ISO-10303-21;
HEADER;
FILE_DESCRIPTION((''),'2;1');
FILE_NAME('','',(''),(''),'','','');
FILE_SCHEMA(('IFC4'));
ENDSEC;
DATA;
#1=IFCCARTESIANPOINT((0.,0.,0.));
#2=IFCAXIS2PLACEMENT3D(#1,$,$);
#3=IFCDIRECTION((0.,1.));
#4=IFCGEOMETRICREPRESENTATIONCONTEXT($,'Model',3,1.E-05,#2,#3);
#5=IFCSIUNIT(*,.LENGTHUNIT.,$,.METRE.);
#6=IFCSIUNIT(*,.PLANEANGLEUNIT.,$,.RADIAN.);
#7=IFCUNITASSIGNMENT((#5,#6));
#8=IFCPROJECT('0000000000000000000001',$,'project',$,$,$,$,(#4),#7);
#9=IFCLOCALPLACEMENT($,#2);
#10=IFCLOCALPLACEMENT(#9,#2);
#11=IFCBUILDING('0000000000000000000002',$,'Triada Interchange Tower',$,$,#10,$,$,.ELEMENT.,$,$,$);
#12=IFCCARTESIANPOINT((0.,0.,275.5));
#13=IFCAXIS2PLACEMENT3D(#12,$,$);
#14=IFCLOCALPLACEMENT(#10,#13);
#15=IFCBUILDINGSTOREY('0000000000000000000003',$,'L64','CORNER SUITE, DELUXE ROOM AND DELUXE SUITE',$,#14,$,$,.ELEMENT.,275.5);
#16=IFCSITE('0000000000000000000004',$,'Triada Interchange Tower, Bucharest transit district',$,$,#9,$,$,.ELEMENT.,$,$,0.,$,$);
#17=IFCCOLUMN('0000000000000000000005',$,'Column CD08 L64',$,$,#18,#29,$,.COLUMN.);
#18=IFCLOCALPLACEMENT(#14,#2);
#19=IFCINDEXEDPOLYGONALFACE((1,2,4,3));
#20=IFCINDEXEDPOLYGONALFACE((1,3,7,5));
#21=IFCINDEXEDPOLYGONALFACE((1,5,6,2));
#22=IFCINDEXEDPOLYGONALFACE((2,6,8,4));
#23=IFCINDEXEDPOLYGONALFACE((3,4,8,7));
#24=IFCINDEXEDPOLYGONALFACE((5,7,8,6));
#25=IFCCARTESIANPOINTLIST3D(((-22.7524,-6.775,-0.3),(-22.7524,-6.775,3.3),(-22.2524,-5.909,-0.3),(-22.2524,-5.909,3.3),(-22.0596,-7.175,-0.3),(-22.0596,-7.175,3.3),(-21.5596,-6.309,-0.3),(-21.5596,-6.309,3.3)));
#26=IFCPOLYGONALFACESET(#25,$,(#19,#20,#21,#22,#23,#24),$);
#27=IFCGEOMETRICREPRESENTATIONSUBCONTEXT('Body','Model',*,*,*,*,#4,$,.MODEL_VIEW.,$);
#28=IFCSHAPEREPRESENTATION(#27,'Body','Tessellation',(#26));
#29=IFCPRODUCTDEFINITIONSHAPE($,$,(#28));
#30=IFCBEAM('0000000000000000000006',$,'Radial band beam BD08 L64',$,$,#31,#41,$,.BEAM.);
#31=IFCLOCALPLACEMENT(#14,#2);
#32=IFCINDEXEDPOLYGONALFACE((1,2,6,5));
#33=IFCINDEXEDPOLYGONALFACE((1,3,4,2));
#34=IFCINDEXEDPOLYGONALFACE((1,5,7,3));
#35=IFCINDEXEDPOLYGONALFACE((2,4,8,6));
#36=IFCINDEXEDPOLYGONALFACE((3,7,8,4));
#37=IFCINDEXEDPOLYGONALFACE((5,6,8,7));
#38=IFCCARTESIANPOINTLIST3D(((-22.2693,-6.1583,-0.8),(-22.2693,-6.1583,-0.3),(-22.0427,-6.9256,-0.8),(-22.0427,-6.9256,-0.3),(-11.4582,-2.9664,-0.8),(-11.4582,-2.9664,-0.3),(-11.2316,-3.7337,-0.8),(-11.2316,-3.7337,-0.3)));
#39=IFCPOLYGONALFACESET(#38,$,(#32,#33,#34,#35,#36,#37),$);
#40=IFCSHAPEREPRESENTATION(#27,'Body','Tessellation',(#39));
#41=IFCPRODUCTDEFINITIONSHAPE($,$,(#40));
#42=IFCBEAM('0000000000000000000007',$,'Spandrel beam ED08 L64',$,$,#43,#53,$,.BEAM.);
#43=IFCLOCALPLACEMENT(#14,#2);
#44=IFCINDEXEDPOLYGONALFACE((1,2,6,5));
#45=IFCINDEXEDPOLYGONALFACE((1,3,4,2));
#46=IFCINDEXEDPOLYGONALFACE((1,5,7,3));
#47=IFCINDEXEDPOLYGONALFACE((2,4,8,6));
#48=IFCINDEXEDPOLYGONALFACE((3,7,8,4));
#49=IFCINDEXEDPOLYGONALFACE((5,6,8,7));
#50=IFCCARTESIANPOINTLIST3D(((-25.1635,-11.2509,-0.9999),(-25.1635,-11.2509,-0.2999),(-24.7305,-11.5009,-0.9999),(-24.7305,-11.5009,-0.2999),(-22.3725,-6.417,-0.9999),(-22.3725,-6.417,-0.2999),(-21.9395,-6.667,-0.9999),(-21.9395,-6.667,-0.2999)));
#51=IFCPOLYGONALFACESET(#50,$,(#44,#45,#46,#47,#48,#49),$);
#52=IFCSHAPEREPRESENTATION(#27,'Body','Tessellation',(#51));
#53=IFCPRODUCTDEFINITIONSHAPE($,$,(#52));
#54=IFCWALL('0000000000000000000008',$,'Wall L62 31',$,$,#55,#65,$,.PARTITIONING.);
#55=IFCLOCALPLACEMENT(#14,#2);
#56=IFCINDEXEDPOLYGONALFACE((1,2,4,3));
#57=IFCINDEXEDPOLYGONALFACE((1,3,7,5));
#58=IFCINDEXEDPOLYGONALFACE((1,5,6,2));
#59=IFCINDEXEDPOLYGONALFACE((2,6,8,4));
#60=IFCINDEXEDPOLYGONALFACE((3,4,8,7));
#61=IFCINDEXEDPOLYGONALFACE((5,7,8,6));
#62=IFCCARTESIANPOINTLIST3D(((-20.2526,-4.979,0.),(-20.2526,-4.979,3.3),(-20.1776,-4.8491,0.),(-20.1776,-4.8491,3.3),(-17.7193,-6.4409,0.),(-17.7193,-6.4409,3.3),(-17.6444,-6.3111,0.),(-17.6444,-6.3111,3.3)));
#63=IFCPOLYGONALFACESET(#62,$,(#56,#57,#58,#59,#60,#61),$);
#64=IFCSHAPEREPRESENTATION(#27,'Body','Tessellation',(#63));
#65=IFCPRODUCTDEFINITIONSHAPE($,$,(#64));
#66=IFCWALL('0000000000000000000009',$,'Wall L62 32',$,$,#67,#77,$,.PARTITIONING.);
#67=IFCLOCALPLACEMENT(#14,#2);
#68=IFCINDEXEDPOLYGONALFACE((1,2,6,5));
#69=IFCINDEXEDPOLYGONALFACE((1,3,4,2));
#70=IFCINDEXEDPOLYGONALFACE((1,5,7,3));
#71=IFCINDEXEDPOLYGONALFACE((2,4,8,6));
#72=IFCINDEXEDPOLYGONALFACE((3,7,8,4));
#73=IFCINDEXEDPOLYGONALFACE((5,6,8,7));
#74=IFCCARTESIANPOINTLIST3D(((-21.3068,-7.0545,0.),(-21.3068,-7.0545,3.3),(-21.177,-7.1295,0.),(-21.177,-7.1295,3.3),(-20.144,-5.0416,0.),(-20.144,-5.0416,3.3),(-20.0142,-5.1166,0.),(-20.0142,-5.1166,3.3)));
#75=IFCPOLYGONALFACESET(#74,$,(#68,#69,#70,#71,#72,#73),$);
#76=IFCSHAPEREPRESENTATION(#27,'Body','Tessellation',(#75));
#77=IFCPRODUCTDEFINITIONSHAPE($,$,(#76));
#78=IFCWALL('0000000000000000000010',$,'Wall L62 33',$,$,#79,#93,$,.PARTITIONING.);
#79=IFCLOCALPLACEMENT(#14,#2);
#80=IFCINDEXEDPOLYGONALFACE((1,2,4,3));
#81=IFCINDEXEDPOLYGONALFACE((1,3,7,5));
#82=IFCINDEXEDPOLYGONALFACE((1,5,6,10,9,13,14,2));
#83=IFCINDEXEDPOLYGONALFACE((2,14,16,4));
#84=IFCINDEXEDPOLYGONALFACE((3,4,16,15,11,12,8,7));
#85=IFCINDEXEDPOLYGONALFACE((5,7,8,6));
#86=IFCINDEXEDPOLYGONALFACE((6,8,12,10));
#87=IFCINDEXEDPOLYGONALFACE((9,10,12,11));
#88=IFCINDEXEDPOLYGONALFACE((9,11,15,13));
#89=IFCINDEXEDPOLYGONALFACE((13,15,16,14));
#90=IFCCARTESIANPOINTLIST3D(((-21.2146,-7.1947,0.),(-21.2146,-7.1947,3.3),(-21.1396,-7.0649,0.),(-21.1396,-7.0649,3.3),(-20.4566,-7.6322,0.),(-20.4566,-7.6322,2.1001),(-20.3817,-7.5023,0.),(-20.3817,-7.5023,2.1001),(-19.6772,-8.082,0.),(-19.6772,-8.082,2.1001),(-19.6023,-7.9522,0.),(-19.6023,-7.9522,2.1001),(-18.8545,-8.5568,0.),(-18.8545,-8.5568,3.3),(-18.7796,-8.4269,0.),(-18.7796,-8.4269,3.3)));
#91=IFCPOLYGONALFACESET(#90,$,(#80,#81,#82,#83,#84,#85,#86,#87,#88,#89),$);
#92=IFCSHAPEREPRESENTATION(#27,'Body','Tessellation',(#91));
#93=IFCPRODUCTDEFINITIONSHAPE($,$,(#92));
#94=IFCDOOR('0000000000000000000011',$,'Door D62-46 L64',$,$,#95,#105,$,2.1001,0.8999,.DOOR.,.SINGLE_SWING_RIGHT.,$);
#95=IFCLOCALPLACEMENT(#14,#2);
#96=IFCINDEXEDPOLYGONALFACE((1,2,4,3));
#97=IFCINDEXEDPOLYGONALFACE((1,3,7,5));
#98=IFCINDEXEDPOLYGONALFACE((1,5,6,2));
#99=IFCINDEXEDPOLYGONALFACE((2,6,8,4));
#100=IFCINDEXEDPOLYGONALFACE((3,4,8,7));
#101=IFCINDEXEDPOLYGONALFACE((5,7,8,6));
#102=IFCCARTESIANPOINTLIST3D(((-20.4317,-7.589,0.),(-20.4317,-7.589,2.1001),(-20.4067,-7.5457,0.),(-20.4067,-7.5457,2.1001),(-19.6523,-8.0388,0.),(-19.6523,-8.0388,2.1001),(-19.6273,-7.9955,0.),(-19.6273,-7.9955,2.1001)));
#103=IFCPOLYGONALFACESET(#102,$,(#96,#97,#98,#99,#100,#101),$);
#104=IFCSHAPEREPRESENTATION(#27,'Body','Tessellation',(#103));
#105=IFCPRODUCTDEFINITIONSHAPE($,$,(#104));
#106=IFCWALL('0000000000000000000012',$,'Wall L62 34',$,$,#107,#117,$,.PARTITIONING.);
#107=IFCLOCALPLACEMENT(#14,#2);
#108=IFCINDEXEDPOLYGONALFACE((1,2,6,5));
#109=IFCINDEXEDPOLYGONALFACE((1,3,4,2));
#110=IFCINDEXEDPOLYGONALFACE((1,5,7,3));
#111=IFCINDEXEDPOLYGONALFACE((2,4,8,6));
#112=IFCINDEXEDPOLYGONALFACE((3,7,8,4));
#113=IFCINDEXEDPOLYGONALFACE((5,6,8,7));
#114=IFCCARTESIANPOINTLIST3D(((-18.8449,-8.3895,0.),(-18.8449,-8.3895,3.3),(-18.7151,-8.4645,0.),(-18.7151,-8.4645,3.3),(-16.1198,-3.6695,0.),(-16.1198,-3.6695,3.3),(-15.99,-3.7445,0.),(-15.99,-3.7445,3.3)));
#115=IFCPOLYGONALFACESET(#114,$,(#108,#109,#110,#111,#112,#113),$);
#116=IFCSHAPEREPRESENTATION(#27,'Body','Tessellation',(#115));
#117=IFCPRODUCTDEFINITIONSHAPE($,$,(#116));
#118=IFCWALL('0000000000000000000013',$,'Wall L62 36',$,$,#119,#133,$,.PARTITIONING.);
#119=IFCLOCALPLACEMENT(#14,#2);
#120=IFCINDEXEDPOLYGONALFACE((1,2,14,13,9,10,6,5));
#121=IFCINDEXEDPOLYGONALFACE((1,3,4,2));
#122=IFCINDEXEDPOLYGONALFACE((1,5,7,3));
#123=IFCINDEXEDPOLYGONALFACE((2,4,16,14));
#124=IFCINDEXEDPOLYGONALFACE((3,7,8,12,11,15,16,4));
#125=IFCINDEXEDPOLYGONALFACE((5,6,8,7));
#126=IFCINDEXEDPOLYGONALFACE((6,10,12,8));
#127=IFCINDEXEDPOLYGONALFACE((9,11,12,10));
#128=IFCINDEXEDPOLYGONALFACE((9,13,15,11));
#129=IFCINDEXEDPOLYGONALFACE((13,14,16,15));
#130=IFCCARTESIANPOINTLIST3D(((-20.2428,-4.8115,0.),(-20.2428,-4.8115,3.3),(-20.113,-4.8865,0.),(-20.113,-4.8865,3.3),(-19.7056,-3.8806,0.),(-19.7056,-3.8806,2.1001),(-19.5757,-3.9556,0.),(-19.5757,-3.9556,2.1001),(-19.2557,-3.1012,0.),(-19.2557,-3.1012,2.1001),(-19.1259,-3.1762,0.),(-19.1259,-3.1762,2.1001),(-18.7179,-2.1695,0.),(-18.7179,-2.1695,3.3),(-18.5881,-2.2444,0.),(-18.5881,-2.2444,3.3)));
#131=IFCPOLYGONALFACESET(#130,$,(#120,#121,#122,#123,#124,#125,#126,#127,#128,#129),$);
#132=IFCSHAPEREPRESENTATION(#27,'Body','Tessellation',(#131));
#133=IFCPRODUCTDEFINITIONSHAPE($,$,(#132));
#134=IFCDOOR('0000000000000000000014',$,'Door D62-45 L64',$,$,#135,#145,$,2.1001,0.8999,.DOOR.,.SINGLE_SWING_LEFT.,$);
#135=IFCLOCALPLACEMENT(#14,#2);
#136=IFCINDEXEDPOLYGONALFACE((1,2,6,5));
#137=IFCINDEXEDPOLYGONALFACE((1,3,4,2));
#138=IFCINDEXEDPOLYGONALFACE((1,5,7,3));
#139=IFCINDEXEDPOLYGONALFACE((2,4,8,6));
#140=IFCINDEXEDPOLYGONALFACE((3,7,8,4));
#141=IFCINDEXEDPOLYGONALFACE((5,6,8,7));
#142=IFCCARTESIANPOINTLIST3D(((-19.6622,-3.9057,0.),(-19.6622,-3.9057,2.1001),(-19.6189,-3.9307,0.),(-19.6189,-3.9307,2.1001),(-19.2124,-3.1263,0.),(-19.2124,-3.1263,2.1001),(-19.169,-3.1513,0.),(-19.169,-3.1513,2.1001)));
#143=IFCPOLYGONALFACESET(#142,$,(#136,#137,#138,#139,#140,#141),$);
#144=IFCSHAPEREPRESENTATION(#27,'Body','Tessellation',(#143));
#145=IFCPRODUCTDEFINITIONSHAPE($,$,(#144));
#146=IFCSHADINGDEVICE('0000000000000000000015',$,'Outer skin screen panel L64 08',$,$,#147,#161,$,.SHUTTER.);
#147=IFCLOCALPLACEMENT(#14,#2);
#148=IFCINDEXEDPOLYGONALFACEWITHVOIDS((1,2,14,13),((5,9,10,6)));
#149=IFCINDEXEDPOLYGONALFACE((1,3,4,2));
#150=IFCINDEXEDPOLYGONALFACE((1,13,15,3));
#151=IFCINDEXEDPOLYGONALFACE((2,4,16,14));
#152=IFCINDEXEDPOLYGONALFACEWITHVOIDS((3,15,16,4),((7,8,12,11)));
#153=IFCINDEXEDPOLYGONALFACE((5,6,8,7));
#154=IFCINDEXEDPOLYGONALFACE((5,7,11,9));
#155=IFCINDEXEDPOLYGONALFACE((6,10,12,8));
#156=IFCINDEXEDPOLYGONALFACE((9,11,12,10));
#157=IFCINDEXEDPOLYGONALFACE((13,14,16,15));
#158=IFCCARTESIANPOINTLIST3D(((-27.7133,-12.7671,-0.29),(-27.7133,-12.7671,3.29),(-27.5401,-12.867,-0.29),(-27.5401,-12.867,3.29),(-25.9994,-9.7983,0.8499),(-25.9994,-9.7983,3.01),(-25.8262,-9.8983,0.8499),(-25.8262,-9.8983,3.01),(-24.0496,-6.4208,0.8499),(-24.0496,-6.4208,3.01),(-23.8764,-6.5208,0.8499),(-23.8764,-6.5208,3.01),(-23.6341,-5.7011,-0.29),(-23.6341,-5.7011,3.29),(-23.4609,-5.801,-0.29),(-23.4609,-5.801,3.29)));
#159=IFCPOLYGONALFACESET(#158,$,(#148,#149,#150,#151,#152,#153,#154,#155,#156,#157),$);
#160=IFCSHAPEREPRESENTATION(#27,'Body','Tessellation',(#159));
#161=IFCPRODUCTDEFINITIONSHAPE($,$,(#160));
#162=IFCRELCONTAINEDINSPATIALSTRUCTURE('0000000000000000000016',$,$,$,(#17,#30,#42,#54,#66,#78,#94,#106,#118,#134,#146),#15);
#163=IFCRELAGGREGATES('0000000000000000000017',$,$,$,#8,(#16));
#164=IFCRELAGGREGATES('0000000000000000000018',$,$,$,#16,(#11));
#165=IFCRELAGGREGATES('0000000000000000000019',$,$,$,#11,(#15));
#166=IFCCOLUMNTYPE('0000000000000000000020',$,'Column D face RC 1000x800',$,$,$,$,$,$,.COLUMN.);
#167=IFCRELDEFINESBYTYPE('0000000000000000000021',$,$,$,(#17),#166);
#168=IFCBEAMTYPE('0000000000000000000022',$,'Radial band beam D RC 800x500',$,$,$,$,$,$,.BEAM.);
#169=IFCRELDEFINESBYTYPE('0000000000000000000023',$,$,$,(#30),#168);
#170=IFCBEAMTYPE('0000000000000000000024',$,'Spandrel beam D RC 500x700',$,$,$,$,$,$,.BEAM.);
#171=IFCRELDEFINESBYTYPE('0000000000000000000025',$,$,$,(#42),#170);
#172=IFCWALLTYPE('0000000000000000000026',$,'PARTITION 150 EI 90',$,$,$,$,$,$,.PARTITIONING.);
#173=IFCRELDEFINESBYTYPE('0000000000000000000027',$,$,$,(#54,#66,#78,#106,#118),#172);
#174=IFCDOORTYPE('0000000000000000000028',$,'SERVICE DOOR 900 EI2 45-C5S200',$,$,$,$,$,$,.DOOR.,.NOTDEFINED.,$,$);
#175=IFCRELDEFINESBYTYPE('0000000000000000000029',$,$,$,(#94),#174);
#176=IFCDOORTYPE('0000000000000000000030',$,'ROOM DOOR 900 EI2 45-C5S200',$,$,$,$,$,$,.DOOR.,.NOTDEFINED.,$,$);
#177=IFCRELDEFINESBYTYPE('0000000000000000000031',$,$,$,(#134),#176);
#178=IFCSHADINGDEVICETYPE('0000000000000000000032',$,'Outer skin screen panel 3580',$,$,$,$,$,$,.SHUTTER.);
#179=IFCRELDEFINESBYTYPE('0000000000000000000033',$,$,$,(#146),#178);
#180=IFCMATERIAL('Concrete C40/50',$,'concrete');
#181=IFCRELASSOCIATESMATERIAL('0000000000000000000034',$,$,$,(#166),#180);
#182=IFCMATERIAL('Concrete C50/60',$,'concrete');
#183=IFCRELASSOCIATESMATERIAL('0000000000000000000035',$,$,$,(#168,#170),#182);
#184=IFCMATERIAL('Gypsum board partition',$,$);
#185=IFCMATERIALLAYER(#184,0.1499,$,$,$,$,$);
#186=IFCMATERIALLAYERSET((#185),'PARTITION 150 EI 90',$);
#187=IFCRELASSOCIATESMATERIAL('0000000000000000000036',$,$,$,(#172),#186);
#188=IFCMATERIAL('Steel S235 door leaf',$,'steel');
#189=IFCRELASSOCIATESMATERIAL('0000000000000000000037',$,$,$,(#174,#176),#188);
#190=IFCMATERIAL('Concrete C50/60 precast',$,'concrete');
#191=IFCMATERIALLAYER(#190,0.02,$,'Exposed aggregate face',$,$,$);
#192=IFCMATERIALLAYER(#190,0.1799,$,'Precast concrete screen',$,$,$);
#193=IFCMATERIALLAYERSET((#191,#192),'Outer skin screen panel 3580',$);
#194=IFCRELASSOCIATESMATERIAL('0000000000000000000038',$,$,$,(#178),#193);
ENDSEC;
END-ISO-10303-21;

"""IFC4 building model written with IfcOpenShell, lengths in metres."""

from ifc_helpers import new_model, si_unit, direction, frame, frame_2d, origin, origin_2d, place, context, subcontext, project, spatial, polyline, rectangle, outline, extrude, material, layer, layer_set, material_profile, profile_set, type_object, element, fill, save


model = new_model("IFC4")

# Units and contexts
model_context = context("Model", 3, precision=1e-05, world=origin(), true_north=direction((0.0, 1.0)))
body_context = subcontext(model_context, "Body", "Model", "MODEL_VIEW")
ifc_project = project(units=[si_unit("LENGTHUNIT", "METRE"), si_unit("PLANEANGLEUNIT", "RADIAN")], contexts=[model_context])

# Site, building, storey
site_placement = place(None, origin())
site = spatial("IfcSite", under=ifc_project, at=site_placement, Name="Triada Interchange Tower, Bucharest transit district", CompositionType="ELEMENT", RefElevation=0.0)
building_placement = place(site_placement, origin())
building = spatial("IfcBuilding", under=site, at=building_placement, Name="Triada Interchange Tower", CompositionType="ELEMENT")
storey_placement = place(building_placement, frame((0.0, 0.0, 275.5)))
storey = spatial("IfcBuildingStorey", under=building, at=storey_placement, Name="L64", Description="CORNER SUITE, DELUXE ROOM AND DELUXE SUITE", CompositionType="ELEMENT", Elevation=275.5)

# Column
ifc_material_1 = material(Name="Concrete C40/50", Category="concrete")
ifc_material_profile_1 = material_profile(ifc_material_1, rectangle(XDim=1.0, YDim=0.8, at=origin_2d()), Name="RC 1000x800")
ifc_profile_set_1 = profile_set([ifc_material_profile_1], Name="Concrete C40/50")
column_type = type_object("IfcColumnType", Name="Column D face RC 1000x800", PredefinedType="COLUMN", material=ifc_profile_set_1)
column_placement = place(storey_placement, frame((-22.156, -6.542, -0.3), z_axis=(0.0, 0.0, 1.0), x_axis=(0.5, 0.866025, 0.0)))
element("IfcColumn", 1, at=column_placement, inside=storey, type_object=column_type, Name="Column CD08 L64", PredefinedType="COLUMN", context=body_context, shape_type="SweptSolid", body=[
    extrude(rectangle(XDim=1.0, YDim=0.8, at=origin_2d()), origin(), (0.0, 0.0, 1.0), 3.6001),
])

# Beams
ifc_material_2 = material(Name="Concrete C50/60", Category="concrete")
ifc_material_profile_2 = material_profile(ifc_material_2, rectangle(XDim=0.8, YDim=0.5, at=origin_2d()), Name="RC 800x500")
ifc_profile_set_2 = profile_set([ifc_material_profile_2], Name="Concrete C50/60")
beam_type_1 = type_object("IfcBeamType", Name="Radial band beam D RC 800x500", PredefinedType="BEAM", material=ifc_profile_set_2)
beam_1_placement = place(storey_placement, frame((-22.156, -6.542, -0.55), z_axis=(0.959073, 0.283161, 0.0), x_axis=(-0.283161, 0.959073, 0.0)))
element("IfcBeam", 2, at=beam_1_placement, inside=storey, type_object=beam_type_1, Name="Radial band beam BD08 L64", PredefinedType="BEAM", context=body_context, shape_type="SweptSolid", body=[
    extrude(rectangle(XDim=0.8, YDim=0.5, at=origin_2d()), origin(), (0.0, 0.0, 1.0), 11.2725),
])
ifc_material_profile_3 = material_profile(ifc_material_2, rectangle(XDim=0.5, YDim=0.7, at=origin_2d()), Name="RC 500x700")
ifc_profile_set_3 = profile_set([ifc_material_profile_3], Name="Concrete C50/60")
beam_type_2 = type_object("IfcBeamType", Name="Spandrel beam D RC 500x700", PredefinedType="BEAM", material=ifc_profile_set_3)
beam_2_placement = place(storey_placement, frame((-22.156, -6.542, -0.6499), z_axis=(-0.500015, -0.866017, 0.0), x_axis=(0.866017, -0.500015, 0.0)))
element("IfcBeam", 3, at=beam_2_placement, inside=storey, type_object=beam_type_2, Name="Spandrel beam ED08 L64", PredefinedType="BEAM", context=body_context, shape_type="SweptSolid", body=[
    extrude(rectangle(XDim=0.5, YDim=0.7, at=origin_2d()), origin(), (0.0, 0.0, 1.0), 5.5818),
])

# Walls
ifc_material_3 = material(Name="Gypsum board partition")
ifc_layer_1 = layer(ifc_material_3, 0.1499)
ifc_layer_set_1 = layer_set([ifc_layer_1], Name="PARTITION 150 EI 90")
wall_type = type_object("IfcWallType", Name="PARTITION 150 EI 90", PredefinedType="PARTITIONING", material=ifc_layer_set_1)
wall_1_placement = place(storey_placement, frame((-20.2151, -4.9141, 0.0), z_axis=(0.0, 0.0, 1.0), x_axis=(0.866119, -0.499838, 0.0)))
element("IfcWall", 4, at=wall_1_placement, inside=storey, type_object=wall_type, Name="Wall L62 31", PredefinedType="PARTITIONING", context=body_context, shape_type="SweptSolid", body=[
    extrude(rectangle(XDim=2.9248, YDim=0.1499, at=frame_2d((1.4624, 0.0))), origin(), (0.0, 0.0, 1.0), 3.3),
])
wall_2_placement = place(storey_placement, frame((-21.2419, -7.092, 0.0), z_axis=(0.0, 0.0, 1.0), x_axis=(0.500216, 0.8659, 0.0)))
element("IfcWall", 5, at=wall_2_placement, inside=storey, type_object=wall_type, Name="Wall L62 32", PredefinedType="PARTITIONING", context=body_context, shape_type="SweptSolid", body=[
    extrude(rectangle(XDim=2.3247, YDim=0.1499, at=frame_2d((1.1624, 0.0))), origin(), (0.0, 0.0, 1.0), 3.3),
])

# Wall, opening, door
wall_3_placement = place(storey_placement, frame((-21.177, -7.1299, 0.0), z_axis=(0.0, 0.0, 1.0), x_axis=(0.866112, -0.499849, 0.0)))
wall_3 = element("IfcWall", 6, at=wall_3_placement, inside=storey, type_object=wall_type, Name="Wall L62 33", PredefinedType="PARTITIONING", context=body_context, shape_type="SweptSolid", body=[
    extrude(rectangle(XDim=2.7249, YDim=0.1499, at=frame_2d((1.3623, 0.0))), origin(), (0.0, 0.0, 1.0), 3.3),
])
opening_1_placement = place(wall_3_placement, frame((0.875, 0.0, 0.0)))
opening_1 = element("IfcOpeningElement", 7, at=opening_1_placement, cuts=wall_3, PredefinedType="OPENING", context=body_context, shape_type="SweptSolid", body=[
    extrude(rectangle(XDim=0.8999, YDim=2.1001, at=frame_2d((0.45, 1.05))), frame((0.0, 0.085, 0.0), z_axis=(0.0, -1.0, 0.0), x_axis=(1.0, 0.0, 0.0)), (0.0, 0.0, 1.0), 0.1699),
])
ifc_material_4 = material(Name="Steel S235 door leaf", Category="steel")
door_type_1 = type_object("IfcDoorType", Name="SERVICE DOOR 900 EI2 45-C5S200", OperationType="NOTDEFINED", PredefinedType="DOOR", material=ifc_material_4)
door_1_placement = place(opening_1_placement, origin())
door_1 = element("IfcDoor", 8, at=door_1_placement, inside=storey, type_object=door_type_1, Name="Door D62-46 L64", OperationType="SINGLE_SWING_RIGHT", OverallHeight=2.1001, OverallWidth=0.8999, PredefinedType="DOOR", context=body_context, shape_type="SweptSolid", body=[
    extrude(rectangle(XDim=0.8999, YDim=2.1001, at=frame_2d((0.45, 1.05))), frame((0.0, 0.0249, 0.0), z_axis=(0.0, -1.0, 0.0), x_axis=(1.0, 0.0, 0.0)), (0.0, 0.0, 1.0), 0.05),
])
fill(opening_1, door_1)

# Wall
wall_4_placement = place(storey_placement, frame((-18.78, -8.427, 0.0), z_axis=(0.0, 0.0, 1.0), x_axis=(0.500003, 0.866024, 0.0)))
element("IfcWall", 9, at=wall_4_placement, inside=storey, type_object=wall_type, Name="Wall L62 34", PredefinedType="PARTITIONING", context=body_context, shape_type="SweptSolid", body=[
    extrude(rectangle(XDim=5.4502, YDim=0.1499, at=frame_2d((2.7251, 0.0))), origin(), (0.0, 0.0, 1.0), 3.3),
])

# Wall, opening, door
wall_5_placement = place(storey_placement, frame((-20.178, -4.8491, 0.0), z_axis=(0.0, 0.0, 1.0), x_axis=(0.499875, 0.866098, 0.0)))
wall_5 = element("IfcWall", 10, at=wall_5_placement, inside=storey, type_object=wall_type, Name="Wall L62 36", PredefinedType="PARTITIONING", context=body_context, shape_type="SweptSolid", body=[
    extrude(rectangle(XDim=3.0505, YDim=0.1499, at=frame_2d((1.5254, 0.0))), origin(), (0.0, 0.0, 1.0), 3.3),
])
opening_2_placement = place(wall_5_placement, frame((1.075, 0.0, 0.0)))
opening_2 = element("IfcOpeningElement", 11, at=opening_2_placement, cuts=wall_5, PredefinedType="OPENING", context=body_context, shape_type="SweptSolid", body=[
    extrude(rectangle(XDim=0.8999, YDim=2.1001, at=frame_2d((0.45, 1.05))), frame((0.0, 0.085, 0.0), z_axis=(0.0, -1.0, 0.0), x_axis=(1.0, 0.0, 0.0)), (0.0, 0.0, 1.0), 0.1699),
])
door_type_2 = type_object("IfcDoorType", Name="ROOM DOOR 900 EI2 45-C5S200", OperationType="NOTDEFINED", PredefinedType="DOOR", material=ifc_material_4)
door_2_placement = place(opening_2_placement, origin())
door_2 = element("IfcDoor", 12, at=door_2_placement, inside=storey, type_object=door_type_2, Name="Door D62-45 L64", OperationType="SINGLE_SWING_LEFT", OverallHeight=2.1001, OverallWidth=0.8999, PredefinedType="DOOR", context=body_context, shape_type="SweptSolid", body=[
    extrude(rectangle(XDim=0.8999, YDim=2.1001, at=frame_2d((0.45, 1.05))), frame((0.0, 0.0249, 0.0), z_axis=(0.0, -1.0, 0.0), x_axis=(1.0, 0.0, 0.0)), (0.0, 0.0, 1.0), 0.05),
])
fill(opening_2, door_2)

# Shading device
ifc_material_5 = material(Name="Concrete C50/60 precast", Category="concrete")
ifc_layer_2 = layer(ifc_material_5, 0.02, Name="Exposed aggregate face")
ifc_layer_3 = layer(ifc_material_5, 0.1799, Name="Precast concrete screen")
ifc_layer_set_2 = layer_set([ifc_layer_2, ifc_layer_3], Name="Outer skin screen panel 3580")
shading_device_type = type_object("IfcShadingDeviceType", Name="Outer skin screen panel 3580", PredefinedType="SHUTTER", material=ifc_layer_set_2)
shading_device_placement = place(storey_placement, frame((-23.4609, -5.801, -0.29), z_axis=(0.0, 0.0, 1.0), x_axis=(-0.499962, -0.866047, 0.0)))
element("IfcShadingDevice", 13, at=shading_device_placement, inside=storey, type_object=shading_device_type, Name="Outer skin screen panel L64 08", PredefinedType="SHUTTER", context=body_context, shape_type="SweptSolid", body=[
    extrude(outline(polyline([(0.0, 0.0), (8.1589, 0.0), (8.1589, 3.5801), (0.0, 3.5801), (0.0, 0.0)]), holes=[polyline([(0.8311, 1.1399), (0.8311, 3.3), (4.731, 3.3), (4.731, 1.1399), (0.8311, 1.1399)])]), frame((0.0, 0.0, 0.0), z_axis=(0.0, -1.0, 0.0), x_axis=(1.0, 0.0, 0.0)), (0.0, 0.0, 1.0), 0.2),
])

save(model, "model.ifc")
